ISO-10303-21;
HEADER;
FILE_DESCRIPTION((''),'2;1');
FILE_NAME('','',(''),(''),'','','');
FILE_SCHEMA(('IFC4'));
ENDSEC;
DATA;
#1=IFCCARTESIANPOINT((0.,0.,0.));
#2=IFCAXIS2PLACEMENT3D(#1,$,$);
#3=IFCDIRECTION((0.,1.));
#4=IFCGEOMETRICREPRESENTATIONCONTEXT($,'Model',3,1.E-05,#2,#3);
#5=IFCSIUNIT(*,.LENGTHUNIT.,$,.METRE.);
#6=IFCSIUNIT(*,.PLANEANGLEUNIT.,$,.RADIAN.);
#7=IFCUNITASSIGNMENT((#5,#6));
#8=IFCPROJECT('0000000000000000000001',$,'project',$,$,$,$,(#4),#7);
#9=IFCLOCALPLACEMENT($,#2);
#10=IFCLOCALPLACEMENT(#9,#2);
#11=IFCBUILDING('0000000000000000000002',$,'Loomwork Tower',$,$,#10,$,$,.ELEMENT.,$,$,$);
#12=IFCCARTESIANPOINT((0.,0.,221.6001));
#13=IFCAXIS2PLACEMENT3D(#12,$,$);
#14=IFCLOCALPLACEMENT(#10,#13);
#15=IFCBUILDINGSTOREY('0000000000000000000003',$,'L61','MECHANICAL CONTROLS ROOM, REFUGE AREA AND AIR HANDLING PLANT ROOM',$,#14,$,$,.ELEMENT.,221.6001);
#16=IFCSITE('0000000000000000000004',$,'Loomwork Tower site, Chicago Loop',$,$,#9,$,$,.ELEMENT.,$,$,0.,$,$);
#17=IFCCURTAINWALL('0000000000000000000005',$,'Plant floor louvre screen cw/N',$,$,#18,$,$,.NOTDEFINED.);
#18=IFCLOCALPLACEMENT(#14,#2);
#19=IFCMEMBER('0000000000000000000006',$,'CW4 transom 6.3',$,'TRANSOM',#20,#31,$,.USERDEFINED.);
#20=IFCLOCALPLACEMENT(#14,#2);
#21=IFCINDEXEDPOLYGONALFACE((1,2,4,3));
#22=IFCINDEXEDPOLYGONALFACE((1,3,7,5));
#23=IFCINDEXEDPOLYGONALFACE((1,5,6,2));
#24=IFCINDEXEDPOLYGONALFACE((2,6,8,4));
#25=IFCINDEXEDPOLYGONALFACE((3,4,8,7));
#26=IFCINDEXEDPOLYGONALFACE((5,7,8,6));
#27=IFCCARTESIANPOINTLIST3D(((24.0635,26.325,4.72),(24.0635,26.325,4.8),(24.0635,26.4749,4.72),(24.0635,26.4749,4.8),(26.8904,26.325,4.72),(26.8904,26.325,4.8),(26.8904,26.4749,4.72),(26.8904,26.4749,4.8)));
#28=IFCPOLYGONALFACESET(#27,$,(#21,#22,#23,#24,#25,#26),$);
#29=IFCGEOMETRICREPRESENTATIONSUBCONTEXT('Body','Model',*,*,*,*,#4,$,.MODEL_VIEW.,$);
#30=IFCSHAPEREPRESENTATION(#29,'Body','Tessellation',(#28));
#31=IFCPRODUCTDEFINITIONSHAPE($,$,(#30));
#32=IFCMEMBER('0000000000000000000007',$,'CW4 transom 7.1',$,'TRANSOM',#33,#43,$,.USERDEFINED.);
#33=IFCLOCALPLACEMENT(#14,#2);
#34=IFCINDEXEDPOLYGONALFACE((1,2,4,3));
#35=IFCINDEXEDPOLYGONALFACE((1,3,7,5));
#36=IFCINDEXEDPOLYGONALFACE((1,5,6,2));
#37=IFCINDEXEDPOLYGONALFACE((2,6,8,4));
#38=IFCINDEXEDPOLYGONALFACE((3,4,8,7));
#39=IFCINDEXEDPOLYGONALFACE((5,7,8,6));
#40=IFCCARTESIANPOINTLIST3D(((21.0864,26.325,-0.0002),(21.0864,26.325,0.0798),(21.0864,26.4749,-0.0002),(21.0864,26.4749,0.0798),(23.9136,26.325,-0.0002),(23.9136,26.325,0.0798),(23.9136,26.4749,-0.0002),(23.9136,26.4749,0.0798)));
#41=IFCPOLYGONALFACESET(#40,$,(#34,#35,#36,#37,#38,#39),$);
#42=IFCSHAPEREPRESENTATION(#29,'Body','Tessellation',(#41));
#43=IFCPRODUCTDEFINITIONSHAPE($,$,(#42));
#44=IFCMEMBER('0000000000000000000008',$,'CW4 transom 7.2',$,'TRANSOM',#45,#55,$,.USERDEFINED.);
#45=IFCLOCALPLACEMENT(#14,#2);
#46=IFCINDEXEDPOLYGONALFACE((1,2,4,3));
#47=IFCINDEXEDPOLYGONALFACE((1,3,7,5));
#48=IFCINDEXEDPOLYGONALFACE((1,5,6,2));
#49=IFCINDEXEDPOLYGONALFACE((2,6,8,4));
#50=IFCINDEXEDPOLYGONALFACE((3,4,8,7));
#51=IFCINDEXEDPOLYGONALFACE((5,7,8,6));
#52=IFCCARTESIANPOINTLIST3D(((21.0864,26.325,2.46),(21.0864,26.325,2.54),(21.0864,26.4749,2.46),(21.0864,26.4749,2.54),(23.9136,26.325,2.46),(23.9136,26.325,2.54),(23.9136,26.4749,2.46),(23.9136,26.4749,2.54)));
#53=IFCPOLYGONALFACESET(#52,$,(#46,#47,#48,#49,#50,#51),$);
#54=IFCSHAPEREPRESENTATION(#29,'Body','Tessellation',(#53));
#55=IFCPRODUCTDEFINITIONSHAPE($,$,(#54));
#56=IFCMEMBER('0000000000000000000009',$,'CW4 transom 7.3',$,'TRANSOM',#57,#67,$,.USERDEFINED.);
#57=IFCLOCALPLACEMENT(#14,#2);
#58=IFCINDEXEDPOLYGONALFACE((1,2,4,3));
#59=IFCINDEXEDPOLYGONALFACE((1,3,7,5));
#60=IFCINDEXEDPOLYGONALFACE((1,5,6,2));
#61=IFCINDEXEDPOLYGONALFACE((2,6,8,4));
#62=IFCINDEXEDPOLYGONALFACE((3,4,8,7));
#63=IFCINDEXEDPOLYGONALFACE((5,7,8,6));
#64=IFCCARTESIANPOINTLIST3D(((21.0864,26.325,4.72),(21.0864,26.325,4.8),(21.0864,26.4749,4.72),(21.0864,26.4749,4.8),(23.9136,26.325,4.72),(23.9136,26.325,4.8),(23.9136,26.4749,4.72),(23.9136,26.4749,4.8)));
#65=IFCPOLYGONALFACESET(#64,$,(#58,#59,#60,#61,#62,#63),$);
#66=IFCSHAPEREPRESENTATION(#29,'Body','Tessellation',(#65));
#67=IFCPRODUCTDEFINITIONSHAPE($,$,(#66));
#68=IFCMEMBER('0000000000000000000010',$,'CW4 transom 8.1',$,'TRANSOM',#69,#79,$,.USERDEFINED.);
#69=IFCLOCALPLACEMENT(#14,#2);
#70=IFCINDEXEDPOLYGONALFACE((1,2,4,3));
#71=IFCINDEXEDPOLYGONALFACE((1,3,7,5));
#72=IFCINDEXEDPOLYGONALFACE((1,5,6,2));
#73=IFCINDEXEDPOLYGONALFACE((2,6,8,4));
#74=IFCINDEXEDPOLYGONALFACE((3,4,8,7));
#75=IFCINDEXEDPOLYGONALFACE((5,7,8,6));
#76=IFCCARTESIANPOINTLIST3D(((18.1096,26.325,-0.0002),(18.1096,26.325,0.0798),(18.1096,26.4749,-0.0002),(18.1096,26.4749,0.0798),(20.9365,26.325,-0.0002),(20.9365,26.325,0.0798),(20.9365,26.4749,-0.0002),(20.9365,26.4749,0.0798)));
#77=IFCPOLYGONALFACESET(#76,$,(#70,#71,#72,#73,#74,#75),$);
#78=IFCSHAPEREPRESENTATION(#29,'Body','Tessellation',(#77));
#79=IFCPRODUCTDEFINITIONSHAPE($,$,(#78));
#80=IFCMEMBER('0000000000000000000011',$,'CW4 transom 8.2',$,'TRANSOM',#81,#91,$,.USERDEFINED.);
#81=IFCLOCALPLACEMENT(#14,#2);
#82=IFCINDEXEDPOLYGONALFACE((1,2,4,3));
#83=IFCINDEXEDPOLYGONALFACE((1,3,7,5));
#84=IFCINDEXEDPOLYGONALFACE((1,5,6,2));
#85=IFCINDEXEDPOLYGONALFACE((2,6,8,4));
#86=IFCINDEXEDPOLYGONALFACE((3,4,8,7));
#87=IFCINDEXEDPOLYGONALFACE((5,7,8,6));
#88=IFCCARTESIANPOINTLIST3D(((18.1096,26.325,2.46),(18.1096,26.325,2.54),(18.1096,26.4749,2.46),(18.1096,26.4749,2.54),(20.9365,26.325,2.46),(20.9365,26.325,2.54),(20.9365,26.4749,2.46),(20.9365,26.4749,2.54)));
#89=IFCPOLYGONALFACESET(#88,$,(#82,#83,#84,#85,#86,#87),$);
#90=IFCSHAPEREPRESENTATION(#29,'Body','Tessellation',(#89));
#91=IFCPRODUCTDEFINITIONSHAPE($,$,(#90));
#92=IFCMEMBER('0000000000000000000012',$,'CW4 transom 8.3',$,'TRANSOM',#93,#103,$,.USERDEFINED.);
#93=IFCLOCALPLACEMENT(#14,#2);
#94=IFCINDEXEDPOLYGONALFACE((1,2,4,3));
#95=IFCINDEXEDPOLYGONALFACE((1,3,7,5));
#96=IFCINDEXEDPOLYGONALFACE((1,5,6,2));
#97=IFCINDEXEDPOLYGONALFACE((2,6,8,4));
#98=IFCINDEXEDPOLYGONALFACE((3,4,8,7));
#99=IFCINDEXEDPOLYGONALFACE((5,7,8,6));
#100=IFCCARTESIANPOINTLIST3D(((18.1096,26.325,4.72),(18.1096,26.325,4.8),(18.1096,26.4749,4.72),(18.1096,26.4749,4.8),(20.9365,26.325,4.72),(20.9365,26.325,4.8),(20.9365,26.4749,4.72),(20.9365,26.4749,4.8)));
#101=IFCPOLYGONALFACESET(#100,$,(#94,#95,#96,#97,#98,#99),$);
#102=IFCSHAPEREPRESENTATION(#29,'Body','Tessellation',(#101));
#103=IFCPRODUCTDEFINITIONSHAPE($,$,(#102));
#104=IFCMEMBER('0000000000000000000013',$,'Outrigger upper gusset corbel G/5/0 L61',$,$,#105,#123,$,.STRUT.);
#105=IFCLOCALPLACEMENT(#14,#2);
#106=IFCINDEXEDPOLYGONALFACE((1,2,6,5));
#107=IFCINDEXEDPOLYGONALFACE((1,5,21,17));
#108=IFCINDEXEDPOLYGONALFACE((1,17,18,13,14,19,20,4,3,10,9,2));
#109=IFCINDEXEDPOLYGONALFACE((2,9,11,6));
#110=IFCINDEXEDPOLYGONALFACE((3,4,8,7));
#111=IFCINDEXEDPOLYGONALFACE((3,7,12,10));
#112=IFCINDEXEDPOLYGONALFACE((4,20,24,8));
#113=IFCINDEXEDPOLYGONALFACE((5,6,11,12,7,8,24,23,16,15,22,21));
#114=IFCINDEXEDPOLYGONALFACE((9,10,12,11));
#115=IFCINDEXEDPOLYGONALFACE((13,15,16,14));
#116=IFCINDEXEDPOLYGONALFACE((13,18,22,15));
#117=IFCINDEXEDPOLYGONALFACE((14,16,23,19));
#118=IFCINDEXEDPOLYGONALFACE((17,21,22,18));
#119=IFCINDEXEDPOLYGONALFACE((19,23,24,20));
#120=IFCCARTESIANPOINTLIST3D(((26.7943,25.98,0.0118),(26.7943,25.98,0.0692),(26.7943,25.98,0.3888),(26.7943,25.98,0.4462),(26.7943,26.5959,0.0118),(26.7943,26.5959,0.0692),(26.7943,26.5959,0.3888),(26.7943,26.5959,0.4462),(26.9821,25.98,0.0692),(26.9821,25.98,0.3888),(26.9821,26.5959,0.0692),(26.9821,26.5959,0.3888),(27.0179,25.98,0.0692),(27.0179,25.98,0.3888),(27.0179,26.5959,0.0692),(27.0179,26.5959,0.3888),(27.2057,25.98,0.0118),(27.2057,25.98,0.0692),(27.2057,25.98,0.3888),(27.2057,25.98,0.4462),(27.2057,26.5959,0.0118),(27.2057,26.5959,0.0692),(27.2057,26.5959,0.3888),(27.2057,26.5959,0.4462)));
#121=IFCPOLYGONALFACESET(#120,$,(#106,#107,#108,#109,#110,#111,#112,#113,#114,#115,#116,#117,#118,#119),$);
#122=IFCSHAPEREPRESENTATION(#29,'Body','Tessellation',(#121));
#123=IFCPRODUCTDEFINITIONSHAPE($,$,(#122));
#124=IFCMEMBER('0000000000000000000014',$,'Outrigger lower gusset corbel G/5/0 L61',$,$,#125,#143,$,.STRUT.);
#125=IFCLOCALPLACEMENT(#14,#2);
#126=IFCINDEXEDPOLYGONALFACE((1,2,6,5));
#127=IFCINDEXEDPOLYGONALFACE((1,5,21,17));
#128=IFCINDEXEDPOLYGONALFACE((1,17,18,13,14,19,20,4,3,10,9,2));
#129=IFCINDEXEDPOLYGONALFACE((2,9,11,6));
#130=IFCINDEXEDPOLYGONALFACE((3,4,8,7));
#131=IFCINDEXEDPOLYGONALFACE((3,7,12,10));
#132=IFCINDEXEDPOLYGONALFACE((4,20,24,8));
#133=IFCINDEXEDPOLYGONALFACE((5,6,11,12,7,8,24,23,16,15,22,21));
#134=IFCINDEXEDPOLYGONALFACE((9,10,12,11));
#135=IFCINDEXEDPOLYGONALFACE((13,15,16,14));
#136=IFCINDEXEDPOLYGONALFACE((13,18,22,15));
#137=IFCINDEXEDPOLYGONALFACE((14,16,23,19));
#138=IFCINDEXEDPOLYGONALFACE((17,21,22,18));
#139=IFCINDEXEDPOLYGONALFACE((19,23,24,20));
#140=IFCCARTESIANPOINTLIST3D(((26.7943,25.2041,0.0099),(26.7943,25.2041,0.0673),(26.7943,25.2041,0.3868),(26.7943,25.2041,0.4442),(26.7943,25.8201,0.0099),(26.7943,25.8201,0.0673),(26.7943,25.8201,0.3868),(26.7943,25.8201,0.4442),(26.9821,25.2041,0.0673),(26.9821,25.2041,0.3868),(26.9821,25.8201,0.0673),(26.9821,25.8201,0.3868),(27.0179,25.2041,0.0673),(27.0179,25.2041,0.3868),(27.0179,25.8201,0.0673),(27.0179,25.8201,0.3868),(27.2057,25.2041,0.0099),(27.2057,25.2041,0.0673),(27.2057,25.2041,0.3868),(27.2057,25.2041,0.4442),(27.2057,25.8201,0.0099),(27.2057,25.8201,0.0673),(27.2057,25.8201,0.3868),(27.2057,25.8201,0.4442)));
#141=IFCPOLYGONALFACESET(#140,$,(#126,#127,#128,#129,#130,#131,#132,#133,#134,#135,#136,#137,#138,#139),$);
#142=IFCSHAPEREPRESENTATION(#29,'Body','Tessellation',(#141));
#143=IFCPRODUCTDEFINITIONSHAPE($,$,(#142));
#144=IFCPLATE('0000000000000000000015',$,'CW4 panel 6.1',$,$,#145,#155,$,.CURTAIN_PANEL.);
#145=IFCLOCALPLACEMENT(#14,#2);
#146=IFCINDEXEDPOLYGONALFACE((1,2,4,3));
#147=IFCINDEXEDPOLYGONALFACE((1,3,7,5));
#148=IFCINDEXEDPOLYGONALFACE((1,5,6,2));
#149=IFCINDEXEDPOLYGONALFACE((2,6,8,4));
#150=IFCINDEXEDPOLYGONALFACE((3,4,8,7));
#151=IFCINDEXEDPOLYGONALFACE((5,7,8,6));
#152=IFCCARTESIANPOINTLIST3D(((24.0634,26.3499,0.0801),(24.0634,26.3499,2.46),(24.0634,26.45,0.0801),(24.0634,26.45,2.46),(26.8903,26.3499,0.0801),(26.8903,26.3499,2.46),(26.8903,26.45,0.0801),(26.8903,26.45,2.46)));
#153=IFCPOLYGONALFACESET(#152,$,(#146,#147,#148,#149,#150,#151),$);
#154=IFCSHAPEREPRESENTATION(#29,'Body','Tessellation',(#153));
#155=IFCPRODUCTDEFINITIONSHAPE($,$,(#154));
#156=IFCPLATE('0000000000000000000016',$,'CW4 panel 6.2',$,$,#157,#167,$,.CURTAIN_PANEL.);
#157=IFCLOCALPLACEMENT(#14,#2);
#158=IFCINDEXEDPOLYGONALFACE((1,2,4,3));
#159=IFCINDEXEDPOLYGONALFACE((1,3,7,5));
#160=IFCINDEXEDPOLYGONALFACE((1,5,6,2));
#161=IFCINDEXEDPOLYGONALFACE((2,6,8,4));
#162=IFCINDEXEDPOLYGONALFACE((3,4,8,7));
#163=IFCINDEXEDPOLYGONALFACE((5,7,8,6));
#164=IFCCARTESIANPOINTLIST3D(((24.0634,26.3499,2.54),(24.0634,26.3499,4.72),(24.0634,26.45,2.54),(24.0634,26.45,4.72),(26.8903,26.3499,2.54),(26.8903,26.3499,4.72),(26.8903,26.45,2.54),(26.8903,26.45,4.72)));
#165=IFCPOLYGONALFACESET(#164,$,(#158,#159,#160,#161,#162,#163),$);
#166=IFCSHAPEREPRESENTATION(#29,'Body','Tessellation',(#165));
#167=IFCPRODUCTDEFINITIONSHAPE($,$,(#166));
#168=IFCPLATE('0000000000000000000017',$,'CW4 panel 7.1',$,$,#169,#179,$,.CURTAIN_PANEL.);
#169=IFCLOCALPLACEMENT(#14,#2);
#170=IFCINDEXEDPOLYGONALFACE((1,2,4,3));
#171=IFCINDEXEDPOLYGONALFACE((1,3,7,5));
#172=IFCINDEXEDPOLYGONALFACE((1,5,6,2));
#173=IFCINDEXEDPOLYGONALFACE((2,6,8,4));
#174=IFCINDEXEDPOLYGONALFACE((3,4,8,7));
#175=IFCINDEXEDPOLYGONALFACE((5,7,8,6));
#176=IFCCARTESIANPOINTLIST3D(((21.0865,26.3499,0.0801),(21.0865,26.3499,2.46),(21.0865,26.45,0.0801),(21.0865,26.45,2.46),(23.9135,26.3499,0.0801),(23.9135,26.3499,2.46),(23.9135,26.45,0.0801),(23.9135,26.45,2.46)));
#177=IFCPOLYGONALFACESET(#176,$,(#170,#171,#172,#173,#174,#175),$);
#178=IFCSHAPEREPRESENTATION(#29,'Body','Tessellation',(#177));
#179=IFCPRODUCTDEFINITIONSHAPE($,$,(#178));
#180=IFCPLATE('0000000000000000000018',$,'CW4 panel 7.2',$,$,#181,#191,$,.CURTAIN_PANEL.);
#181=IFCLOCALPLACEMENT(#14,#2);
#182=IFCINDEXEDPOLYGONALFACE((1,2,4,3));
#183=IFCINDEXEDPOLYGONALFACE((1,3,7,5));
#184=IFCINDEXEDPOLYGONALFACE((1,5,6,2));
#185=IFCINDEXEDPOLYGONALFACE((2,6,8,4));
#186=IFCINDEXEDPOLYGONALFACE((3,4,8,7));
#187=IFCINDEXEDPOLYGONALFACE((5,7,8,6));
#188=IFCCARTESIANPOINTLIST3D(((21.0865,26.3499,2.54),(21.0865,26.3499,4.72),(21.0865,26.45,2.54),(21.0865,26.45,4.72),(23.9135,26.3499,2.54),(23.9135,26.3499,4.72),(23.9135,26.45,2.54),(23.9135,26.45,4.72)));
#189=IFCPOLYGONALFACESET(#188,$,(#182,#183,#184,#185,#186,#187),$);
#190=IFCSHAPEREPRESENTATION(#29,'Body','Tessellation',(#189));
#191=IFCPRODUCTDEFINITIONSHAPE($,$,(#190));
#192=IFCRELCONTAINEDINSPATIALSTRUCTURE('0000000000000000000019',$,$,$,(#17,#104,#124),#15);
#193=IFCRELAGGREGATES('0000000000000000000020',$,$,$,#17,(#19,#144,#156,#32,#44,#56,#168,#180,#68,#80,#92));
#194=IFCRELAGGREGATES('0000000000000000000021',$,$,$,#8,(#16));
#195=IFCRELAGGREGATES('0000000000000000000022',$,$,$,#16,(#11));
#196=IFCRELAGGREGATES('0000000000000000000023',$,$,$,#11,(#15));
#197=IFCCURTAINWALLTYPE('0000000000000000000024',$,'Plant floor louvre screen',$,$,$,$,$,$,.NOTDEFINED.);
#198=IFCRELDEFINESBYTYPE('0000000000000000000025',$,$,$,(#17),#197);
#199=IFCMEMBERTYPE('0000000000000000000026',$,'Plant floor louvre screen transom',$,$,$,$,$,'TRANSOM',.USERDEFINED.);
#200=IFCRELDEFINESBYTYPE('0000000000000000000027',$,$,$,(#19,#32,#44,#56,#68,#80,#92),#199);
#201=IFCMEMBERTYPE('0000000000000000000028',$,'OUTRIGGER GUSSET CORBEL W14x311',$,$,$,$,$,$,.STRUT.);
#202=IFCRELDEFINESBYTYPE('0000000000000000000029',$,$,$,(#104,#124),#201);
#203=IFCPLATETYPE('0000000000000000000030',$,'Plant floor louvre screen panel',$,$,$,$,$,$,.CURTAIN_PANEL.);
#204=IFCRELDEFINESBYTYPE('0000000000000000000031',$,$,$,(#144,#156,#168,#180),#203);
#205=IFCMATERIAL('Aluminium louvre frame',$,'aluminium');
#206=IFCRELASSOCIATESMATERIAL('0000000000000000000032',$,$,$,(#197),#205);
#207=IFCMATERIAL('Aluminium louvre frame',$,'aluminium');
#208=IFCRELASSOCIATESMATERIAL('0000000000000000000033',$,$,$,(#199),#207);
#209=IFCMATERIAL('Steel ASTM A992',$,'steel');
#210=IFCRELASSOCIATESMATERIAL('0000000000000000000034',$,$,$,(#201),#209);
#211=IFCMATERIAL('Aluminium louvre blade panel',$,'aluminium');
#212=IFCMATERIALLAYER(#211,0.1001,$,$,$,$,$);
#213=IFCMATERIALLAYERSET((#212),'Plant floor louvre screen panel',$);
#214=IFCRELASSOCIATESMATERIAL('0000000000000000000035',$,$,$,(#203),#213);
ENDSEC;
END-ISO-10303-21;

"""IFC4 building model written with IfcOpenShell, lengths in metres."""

from ifc_helpers import new_model, si_unit, direction, frame, origin, origin_2d, place, context, subcontext, project, spatial, rectangle, i_section, extrude, material, layer, layer_set, material_profile, profile_set, type_object, element, aggregate, save


model = new_model("IFC4")

# Units and contexts
model_context = context("Model", 3, precision=1e-05, world=origin(), true_north=direction((0.0, 1.0)))
body_context = subcontext(model_context, "Body", "Model", "MODEL_VIEW")
ifc_project = project(units=[si_unit("LENGTHUNIT", "METRE"), si_unit("PLANEANGLEUNIT", "RADIAN")], contexts=[model_context])

# Site, building, storey
site_placement = place(None, origin())
site = spatial("IfcSite", under=ifc_project, at=site_placement, Name="Loomwork Tower site, Chicago Loop", CompositionType="ELEMENT", RefElevation=0.0)
building_placement = place(site_placement, origin())
building = spatial("IfcBuilding", under=site, at=building_placement, Name="Loomwork Tower", CompositionType="ELEMENT")
storey_placement = place(building_placement, frame((0.0, 0.0, 221.6001)))
storey = spatial("IfcBuildingStorey", under=building, at=storey_placement, Name="L61", Description="MECHANICAL CONTROLS ROOM, REFUGE AREA AND AIR HANDLING PLANT ROOM", CompositionType="ELEMENT", Elevation=221.6001)

# Curtain wall, members
ifc_material_1 = material(Name="Aluminium louvre frame", Category="aluminium")
curtain_wall_type = type_object("IfcCurtainWallType", Name="Plant floor louvre screen", PredefinedType="NOTDEFINED", material=ifc_material_1)
curtain_wall_placement = place(storey_placement, origin())
curtain_wall = element("IfcCurtainWall", 1, at=curtain_wall_placement, inside=storey, type_object=curtain_wall_type, Name="Plant floor louvre screen cw/N", PredefinedType="NOTDEFINED")
ifc_material_2 = material(Name="Aluminium louvre frame", Category="aluminium")
ifc_material_profile_1 = material_profile(ifc_material_2, rectangle(XDim=0.1499, YDim=0.0801, at=origin_2d()), Name="AL 80x150")
ifc_profile_set_1 = profile_set([ifc_material_profile_1], Name="Aluminium louvre frame")
member_type_1 = type_object("IfcMemberType", Name="Plant floor louvre screen transom", ElementType="TRANSOM", PredefinedType="USERDEFINED", material=ifc_profile_set_1)
member_1_placement = place(storey_placement, frame((26.8904, 26.3999, 4.76), z_axis=(-1.0, 0.0, 0.0), x_axis=(0.0, -1.0, 0.0)))
member_1 = element("IfcMember", 2, at=member_1_placement, type_object=member_type_1, Name="CW4 transom 6.3", ObjectType="TRANSOM", PredefinedType="USERDEFINED", context=body_context, shape_type="SweptSolid", body=[
    extrude(rectangle(XDim=0.1499, YDim=0.0801, at=origin_2d()), origin(), (0.0, 0.0, 1.0), 2.8269),
])
member_2_placement = place(storey_placement, frame((23.9136, 26.3999, 0.0398), z_axis=(-1.0, 0.0, 0.0), x_axis=(0.0, -1.0, 0.0)))
member_2 = element("IfcMember", 3, at=member_2_placement, type_object=member_type_1, Name="CW4 transom 7.1", ObjectType="TRANSOM", PredefinedType="USERDEFINED", context=body_context, shape_type="SweptSolid", body=[
    extrude(rectangle(XDim=0.1499, YDim=0.0801, at=origin_2d()), origin(), (0.0, 0.0, 1.0), 2.8271),
])
member_3_placement = place(storey_placement, frame((23.9136, 26.3999, 2.5), z_axis=(-1.0, 0.0, 0.0), x_axis=(0.0, -1.0, 0.0)))
member_3 = element("IfcMember", 4, at=member_3_placement, type_object=member_type_1, Name="CW4 transom 7.2", ObjectType="TRANSOM", PredefinedType="USERDEFINED", context=body_context, shape_type="SweptSolid", body=[
    extrude(rectangle(XDim=0.1499, YDim=0.0801, at=origin_2d()), origin(), (0.0, 0.0, 1.0), 2.8271),
])
member_4_placement = place(storey_placement, frame((23.9136, 26.3999, 4.76), z_axis=(-1.0, 0.0, 0.0), x_axis=(0.0, -1.0, 0.0)))
member_4 = element("IfcMember", 5, at=member_4_placement, type_object=member_type_1, Name="CW4 transom 7.3", ObjectType="TRANSOM", PredefinedType="USERDEFINED", context=body_context, shape_type="SweptSolid", body=[
    extrude(rectangle(XDim=0.1499, YDim=0.0801, at=origin_2d()), origin(), (0.0, 0.0, 1.0), 2.8271),
])
member_5_placement = place(storey_placement, frame((20.9365, 26.3999, 0.0398), z_axis=(-1.0, 0.0, 0.0), x_axis=(0.0, -1.0, 0.0)))
member_5 = element("IfcMember", 6, at=member_5_placement, type_object=member_type_1, Name="CW4 transom 8.1", ObjectType="TRANSOM", PredefinedType="USERDEFINED", context=body_context, shape_type="SweptSolid", body=[
    extrude(rectangle(XDim=0.1499, YDim=0.0801, at=origin_2d()), origin(), (0.0, 0.0, 1.0), 2.8269),
])
member_6_placement = place(storey_placement, frame((20.9365, 26.3999, 2.5), z_axis=(-1.0, 0.0, 0.0), x_axis=(0.0, -1.0, 0.0)))
member_6 = element("IfcMember", 7, at=member_6_placement, type_object=member_type_1, Name="CW4 transom 8.2", ObjectType="TRANSOM", PredefinedType="USERDEFINED", context=body_context, shape_type="SweptSolid", body=[
    extrude(rectangle(XDim=0.1499, YDim=0.0801, at=origin_2d()), origin(), (0.0, 0.0, 1.0), 2.8269),
])
member_7_placement = place(storey_placement, frame((20.9365, 26.3999, 4.76), z_axis=(-1.0, 0.0, 0.0), x_axis=(0.0, -1.0, 0.0)))
member_7 = element("IfcMember", 8, at=member_7_placement, type_object=member_type_1, Name="CW4 transom 8.3", ObjectType="TRANSOM", PredefinedType="USERDEFINED", context=body_context, shape_type="SweptSolid", body=[
    extrude(rectangle(XDim=0.1499, YDim=0.0801, at=origin_2d()), origin(), (0.0, 0.0, 1.0), 2.8269),
])

# Members
ifc_material_3 = material(Name="Steel ASTM A992", Category="steel")
ifc_material_profile_2 = material_profile(ifc_material_3, i_section(OverallWidth=0.4114, OverallDepth=0.4343, WebThickness=0.0359, FlangeThickness=0.0574, at=origin_2d()), Name="W14x311")
ifc_profile_set_2 = profile_set([ifc_material_profile_2], Name="Steel ASTM A992")
member_type_2 = type_object("IfcMemberType", Name="OUTRIGGER GUSSET CORBEL W14x311", PredefinedType="STRUT", material=ifc_profile_set_2)
for number, where, z_axis, x_axis, name in (
    (9, (27.0, 26.5959, 0.229), (0.0, -1.0, 0.0), (1.0, 0.0, 0.0), "Outrigger upper gusset corbel G/5/0 L61"),
    (10, (27.0, 25.2041, 0.2271), (0.0, 1.0, 0.0), (-1.0, 0.0, 0.0), "Outrigger lower gusset corbel G/5/0 L61"),
):
    element("IfcMember", number, at=place(storey_placement, frame(where, z_axis=z_axis, x_axis=x_axis)), inside=storey, type_object=member_type_2, Name=name, PredefinedType="STRUT", context=body_context, shape_type="SweptSolid", body=[
        extrude(i_section(OverallWidth=0.4114, OverallDepth=0.4343, WebThickness=0.0359, FlangeThickness=0.0574, at=origin_2d()), origin(), (0.0, 0.0, 1.0), 0.616),
    ])

# Plates
ifc_material_4 = material(Name="Aluminium louvre blade panel", Category="aluminium")
ifc_layer_1 = layer(ifc_material_4, 0.1001)
ifc_layer_set_1 = layer_set([ifc_layer_1], Name="Plant floor louvre screen panel")
plate_type_1 = type_object("IfcPlateType", Name="Plant floor louvre screen panel", PredefinedType="CURTAIN_PANEL", material=ifc_layer_set_1)
plate_1_placement = place(storey_placement, frame((25.4768, 26.3999, 0.0801), z_axis=(0.0, 0.0, 1.0), x_axis=(-1.0, 0.0, 0.0)))
plate_1 = element("IfcPlate", 11, at=plate_1_placement, type_object=plate_type_1, Name="CW4 panel 6.1", PredefinedType="CURTAIN_PANEL", context=body_context, shape_type="SweptSolid", body=[
    extrude(rectangle(XDim=2.8269, YDim=0.1001, at=origin_2d()), origin(), (0.0, 0.0, 1.0), 2.3799),
])
plate_2_placement = place(storey_placement, frame((25.4768, 26.3999, 2.54), z_axis=(0.0, 0.0, 1.0), x_axis=(-1.0, 0.0, 0.0)))
plate_2 = element("IfcPlate", 12, at=plate_2_placement, type_object=plate_type_1, Name="CW4 panel 6.2", PredefinedType="CURTAIN_PANEL", context=body_context, shape_type="SweptSolid", body=[
    extrude(rectangle(XDim=2.8269, YDim=0.1001, at=origin_2d()), origin(), (0.0, 0.0, 1.0), 2.1799),
])
plate_3_placement = place(storey_placement, frame((22.5, 26.3999, 0.0801), z_axis=(0.0, 0.0, 1.0), x_axis=(-1.0, 0.0, 0.0)))
plate_3 = element("IfcPlate", 13, at=plate_3_placement, type_object=plate_type_1, Name="CW4 panel 7.1", PredefinedType="CURTAIN_PANEL", context=body_context, shape_type="SweptSolid", body=[
    extrude(rectangle(XDim=2.8269, YDim=0.1001, at=origin_2d()), origin(), (0.0, 0.0, 1.0), 2.3799),
])
plate_4_placement = place(storey_placement, frame((22.5, 26.3999, 2.54), z_axis=(0.0, 0.0, 1.0), x_axis=(-1.0, 0.0, 0.0)))
plate_4 = element("IfcPlate", 14, at=plate_4_placement, type_object=plate_type_1, Name="CW4 panel 7.2", PredefinedType="CURTAIN_PANEL", context=body_context, shape_type="SweptSolid", body=[
    extrude(rectangle(XDim=2.8269, YDim=0.1001, at=origin_2d()), origin(), (0.0, 0.0, 1.0), 2.1799),
])
aggregate(curtain_wall, [member_1, plate_1, plate_2, member_2, member_3, member_4, plate_3, plate_4, member_5, member_6, member_7])

save(model, "model.ifc")
